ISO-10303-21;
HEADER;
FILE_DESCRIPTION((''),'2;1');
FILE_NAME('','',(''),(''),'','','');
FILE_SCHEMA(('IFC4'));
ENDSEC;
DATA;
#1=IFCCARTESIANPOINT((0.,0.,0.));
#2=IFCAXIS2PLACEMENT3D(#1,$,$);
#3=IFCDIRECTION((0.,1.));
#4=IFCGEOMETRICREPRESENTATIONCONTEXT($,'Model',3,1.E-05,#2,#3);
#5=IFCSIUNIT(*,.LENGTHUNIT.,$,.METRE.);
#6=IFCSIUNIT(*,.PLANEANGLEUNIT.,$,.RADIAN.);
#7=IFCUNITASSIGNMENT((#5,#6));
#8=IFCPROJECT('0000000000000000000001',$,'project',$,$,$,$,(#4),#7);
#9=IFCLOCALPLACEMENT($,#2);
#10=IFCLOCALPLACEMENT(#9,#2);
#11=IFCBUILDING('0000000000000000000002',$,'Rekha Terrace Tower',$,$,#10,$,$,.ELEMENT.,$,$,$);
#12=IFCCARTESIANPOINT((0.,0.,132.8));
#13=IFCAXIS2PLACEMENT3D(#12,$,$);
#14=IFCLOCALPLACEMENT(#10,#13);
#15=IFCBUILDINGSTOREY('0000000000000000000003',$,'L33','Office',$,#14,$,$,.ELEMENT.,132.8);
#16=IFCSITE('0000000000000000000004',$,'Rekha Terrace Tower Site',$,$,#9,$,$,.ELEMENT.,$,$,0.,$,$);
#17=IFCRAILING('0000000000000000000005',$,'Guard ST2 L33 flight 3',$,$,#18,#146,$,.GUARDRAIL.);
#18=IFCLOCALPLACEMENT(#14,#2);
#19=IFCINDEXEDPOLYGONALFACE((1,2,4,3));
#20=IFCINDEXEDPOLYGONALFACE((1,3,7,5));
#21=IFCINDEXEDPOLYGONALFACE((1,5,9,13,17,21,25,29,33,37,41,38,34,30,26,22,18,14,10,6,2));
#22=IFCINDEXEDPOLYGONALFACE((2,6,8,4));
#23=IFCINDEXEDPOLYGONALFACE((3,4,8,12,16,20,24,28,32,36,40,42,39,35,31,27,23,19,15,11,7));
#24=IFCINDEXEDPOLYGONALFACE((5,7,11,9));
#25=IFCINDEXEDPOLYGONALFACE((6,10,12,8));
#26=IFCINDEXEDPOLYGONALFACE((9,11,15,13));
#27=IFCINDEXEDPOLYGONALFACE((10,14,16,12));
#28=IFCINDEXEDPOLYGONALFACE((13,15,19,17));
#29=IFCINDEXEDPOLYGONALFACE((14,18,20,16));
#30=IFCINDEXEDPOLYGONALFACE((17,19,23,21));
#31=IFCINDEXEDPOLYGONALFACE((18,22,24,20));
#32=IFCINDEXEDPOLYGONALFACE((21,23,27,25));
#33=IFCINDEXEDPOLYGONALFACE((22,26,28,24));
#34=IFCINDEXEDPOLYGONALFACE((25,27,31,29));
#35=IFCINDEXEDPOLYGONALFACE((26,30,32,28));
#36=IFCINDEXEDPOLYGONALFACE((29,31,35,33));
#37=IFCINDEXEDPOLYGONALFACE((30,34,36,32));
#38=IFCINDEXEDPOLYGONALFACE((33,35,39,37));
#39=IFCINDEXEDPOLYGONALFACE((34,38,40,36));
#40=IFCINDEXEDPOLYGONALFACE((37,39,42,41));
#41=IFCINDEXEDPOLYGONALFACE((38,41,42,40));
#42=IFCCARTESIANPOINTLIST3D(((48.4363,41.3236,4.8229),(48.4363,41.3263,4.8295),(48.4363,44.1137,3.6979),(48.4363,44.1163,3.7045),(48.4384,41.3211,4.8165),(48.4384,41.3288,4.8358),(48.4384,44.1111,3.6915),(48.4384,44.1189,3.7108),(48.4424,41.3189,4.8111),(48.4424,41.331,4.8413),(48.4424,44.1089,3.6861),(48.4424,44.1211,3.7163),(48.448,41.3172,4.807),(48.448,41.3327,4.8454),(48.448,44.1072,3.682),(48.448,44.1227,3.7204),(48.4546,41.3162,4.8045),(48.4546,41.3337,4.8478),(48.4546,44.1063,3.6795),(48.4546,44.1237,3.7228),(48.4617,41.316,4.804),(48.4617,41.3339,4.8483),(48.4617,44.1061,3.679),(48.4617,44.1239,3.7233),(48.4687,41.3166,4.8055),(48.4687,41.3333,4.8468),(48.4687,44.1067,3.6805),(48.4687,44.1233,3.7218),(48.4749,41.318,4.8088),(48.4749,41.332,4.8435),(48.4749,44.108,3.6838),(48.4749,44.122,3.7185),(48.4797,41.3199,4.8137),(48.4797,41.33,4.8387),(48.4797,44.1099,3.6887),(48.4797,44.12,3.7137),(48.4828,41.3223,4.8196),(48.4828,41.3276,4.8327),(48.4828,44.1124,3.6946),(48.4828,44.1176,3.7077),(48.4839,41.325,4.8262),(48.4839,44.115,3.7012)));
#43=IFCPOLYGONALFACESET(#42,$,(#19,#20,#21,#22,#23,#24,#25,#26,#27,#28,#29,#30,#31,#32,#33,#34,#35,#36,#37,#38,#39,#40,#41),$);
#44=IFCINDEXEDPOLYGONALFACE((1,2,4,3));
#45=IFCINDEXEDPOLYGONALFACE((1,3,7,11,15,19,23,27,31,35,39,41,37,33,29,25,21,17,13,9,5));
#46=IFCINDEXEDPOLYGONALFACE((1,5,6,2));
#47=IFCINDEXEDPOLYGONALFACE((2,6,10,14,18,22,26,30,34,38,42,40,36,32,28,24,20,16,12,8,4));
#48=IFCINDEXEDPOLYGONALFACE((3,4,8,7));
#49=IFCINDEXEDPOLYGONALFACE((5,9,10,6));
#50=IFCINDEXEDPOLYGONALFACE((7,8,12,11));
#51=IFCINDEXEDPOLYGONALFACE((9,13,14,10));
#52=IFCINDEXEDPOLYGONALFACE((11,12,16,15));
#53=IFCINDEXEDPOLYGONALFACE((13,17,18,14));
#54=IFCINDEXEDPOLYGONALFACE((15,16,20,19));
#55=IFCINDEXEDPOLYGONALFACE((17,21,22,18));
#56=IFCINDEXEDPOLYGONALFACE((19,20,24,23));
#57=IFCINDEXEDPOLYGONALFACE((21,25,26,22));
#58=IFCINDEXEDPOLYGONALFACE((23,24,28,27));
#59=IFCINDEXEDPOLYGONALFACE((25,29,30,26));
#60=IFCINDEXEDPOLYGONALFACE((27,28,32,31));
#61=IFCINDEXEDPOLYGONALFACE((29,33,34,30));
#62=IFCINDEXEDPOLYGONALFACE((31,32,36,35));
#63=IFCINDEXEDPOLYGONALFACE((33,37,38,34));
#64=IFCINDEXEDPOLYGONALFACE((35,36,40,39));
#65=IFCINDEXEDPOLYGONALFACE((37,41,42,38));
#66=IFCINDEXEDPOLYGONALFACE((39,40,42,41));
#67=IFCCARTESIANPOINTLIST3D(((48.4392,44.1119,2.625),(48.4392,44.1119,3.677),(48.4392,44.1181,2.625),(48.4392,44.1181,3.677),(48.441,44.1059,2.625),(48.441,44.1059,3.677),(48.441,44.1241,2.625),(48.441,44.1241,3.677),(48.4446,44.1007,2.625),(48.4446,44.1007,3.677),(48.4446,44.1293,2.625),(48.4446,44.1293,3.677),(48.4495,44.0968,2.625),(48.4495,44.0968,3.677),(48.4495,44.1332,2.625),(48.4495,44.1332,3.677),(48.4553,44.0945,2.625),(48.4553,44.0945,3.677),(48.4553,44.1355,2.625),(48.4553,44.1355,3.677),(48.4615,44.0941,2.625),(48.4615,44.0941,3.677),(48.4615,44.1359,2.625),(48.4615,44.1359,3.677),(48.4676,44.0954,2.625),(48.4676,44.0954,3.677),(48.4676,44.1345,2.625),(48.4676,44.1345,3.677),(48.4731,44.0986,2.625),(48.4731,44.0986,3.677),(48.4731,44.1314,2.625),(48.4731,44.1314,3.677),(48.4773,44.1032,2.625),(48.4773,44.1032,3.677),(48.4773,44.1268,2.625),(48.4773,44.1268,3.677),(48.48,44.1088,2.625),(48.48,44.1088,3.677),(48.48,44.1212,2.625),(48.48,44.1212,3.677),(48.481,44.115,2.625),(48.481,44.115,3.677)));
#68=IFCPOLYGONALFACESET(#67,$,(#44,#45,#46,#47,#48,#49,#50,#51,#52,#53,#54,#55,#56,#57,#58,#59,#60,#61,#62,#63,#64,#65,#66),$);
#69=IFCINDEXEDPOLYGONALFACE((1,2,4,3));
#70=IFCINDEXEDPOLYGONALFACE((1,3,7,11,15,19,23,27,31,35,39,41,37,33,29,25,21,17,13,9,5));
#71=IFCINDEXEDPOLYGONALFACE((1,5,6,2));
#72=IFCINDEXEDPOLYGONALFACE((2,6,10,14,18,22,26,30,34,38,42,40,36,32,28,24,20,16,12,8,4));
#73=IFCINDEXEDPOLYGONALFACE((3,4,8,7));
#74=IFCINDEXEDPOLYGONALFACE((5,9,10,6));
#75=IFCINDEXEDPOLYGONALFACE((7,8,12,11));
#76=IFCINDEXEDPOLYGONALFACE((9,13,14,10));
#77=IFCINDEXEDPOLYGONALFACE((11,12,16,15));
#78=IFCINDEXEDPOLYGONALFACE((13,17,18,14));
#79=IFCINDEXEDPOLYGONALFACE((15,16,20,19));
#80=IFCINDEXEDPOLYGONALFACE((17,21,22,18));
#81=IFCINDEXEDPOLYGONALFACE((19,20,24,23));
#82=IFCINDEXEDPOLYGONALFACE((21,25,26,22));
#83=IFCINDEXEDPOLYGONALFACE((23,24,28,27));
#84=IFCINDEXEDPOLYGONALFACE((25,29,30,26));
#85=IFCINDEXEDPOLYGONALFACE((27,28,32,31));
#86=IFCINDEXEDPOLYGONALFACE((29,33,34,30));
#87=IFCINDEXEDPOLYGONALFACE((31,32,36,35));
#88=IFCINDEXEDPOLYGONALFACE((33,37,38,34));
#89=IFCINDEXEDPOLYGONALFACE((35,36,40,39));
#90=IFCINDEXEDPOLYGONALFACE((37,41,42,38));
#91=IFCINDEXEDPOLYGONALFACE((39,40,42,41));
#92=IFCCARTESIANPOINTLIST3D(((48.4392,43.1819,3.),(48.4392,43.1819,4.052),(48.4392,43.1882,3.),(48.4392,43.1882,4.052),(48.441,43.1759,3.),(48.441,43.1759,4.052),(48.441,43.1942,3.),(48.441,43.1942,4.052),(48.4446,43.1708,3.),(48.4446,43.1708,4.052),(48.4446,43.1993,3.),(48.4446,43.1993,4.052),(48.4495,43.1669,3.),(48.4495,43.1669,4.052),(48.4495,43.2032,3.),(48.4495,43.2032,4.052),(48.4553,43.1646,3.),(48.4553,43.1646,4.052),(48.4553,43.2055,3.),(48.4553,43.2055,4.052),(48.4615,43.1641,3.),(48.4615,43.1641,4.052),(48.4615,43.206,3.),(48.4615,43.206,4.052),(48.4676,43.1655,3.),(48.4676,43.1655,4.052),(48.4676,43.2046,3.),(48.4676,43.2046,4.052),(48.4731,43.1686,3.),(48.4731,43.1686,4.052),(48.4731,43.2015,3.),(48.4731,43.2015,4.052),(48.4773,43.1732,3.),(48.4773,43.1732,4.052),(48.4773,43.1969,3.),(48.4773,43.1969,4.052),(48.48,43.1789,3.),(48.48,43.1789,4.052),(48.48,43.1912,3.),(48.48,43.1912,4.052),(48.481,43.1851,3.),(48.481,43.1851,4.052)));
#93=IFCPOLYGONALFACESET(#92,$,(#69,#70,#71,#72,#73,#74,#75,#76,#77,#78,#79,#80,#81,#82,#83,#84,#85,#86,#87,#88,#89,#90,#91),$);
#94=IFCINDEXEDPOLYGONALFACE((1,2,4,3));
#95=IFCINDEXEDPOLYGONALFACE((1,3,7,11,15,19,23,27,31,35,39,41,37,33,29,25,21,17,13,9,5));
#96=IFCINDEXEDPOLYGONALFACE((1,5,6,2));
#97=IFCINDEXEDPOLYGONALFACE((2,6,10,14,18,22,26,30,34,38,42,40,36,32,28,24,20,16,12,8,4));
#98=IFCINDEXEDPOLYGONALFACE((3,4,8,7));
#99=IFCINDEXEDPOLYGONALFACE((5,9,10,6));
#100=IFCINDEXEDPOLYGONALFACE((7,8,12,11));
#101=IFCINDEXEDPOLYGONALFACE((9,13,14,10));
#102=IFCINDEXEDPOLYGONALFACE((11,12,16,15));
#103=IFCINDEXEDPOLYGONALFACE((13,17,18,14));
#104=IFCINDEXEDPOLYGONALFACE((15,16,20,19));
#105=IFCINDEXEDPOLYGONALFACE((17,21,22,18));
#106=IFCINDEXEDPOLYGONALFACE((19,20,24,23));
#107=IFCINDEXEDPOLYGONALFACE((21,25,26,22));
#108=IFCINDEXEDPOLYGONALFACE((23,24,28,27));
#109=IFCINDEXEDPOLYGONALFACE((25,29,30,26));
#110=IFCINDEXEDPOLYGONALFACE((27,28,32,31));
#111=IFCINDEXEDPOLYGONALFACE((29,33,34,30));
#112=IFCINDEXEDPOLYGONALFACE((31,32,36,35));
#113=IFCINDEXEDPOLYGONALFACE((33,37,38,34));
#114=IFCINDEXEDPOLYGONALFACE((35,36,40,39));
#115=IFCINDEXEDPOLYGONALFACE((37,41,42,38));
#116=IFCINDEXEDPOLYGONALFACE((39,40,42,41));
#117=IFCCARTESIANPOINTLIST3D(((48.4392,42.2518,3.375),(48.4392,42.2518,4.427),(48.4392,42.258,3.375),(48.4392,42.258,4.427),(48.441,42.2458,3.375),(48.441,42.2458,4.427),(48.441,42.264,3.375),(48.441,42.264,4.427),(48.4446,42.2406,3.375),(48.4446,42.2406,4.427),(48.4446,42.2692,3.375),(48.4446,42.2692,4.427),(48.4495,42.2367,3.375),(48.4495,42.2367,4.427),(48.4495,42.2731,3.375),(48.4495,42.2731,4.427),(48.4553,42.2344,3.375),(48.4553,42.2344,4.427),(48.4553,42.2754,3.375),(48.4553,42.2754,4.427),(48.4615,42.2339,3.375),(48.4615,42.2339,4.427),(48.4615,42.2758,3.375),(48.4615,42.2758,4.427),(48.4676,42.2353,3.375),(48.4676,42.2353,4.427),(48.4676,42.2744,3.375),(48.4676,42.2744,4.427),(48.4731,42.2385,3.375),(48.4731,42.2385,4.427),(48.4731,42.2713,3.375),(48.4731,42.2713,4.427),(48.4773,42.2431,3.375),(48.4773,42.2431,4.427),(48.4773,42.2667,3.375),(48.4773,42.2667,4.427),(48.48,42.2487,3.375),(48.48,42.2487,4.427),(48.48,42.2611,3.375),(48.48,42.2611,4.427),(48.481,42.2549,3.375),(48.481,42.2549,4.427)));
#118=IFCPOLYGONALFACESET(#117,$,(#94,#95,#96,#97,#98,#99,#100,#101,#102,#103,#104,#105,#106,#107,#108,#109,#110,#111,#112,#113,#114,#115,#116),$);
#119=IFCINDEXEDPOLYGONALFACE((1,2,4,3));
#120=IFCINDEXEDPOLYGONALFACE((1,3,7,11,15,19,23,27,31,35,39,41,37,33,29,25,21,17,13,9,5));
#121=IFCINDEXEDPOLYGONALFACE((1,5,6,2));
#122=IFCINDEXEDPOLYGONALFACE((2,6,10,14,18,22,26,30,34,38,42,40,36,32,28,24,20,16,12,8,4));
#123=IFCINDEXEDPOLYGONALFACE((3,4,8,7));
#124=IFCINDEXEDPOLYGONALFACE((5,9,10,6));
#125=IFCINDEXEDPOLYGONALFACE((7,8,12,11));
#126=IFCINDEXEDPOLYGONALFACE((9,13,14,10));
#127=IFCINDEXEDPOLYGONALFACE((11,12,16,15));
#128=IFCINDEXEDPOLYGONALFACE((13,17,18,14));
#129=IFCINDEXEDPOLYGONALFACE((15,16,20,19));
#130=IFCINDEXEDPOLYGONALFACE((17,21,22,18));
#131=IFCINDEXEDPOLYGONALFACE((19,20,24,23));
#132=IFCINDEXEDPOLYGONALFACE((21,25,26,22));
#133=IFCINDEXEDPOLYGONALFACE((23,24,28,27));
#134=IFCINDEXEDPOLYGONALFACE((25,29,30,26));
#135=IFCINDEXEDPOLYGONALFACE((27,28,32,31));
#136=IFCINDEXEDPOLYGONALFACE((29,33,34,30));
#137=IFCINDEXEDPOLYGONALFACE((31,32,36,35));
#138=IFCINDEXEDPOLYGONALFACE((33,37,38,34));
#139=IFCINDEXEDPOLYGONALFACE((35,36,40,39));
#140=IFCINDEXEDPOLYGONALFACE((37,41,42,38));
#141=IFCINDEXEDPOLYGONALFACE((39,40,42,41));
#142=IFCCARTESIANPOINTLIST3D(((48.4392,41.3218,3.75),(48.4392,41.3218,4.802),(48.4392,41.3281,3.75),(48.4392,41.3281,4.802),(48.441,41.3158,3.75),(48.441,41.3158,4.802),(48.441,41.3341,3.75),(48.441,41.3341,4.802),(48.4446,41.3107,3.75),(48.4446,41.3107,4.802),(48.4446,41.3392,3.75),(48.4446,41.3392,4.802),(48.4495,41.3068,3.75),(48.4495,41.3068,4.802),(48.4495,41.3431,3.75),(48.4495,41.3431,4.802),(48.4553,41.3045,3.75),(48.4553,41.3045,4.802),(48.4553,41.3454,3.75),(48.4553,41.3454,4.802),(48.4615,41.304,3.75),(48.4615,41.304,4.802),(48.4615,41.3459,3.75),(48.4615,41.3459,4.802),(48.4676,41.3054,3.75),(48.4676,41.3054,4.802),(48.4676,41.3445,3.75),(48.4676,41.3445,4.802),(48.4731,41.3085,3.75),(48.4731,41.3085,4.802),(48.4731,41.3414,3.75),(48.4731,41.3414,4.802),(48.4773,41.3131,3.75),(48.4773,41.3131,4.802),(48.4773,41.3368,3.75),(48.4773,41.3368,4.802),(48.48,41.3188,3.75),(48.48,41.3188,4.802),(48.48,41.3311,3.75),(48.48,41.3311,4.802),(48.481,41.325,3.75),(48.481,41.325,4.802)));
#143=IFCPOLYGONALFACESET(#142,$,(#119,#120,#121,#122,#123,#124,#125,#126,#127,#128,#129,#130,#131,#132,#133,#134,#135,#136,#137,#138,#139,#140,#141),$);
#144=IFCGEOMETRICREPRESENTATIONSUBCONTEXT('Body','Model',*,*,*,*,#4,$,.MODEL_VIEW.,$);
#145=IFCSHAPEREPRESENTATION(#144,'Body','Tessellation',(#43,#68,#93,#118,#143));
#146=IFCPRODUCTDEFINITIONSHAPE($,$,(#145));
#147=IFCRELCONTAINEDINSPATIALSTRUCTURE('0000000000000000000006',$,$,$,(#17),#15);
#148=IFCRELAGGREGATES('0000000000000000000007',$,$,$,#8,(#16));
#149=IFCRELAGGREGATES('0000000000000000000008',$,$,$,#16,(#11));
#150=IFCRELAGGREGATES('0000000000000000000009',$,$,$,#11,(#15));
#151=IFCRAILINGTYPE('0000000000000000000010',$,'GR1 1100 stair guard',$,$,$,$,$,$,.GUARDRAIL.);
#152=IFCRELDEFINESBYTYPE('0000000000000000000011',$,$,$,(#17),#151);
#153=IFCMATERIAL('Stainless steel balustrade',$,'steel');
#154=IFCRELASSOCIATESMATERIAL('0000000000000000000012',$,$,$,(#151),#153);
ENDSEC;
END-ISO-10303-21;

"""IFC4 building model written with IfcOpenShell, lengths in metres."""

from ifc_helpers import new_model, si_unit, direction, frame, origin, origin_2d, place, context, subcontext, project, spatial, circle, extrude, material, type_object, element, save


model = new_model("IFC4")

# Units and contexts
model_context = context("Model", 3, precision=1e-05, world=origin(), true_north=direction((0.0, 1.0)))
body_context = subcontext(model_context, "Body", "Model", "MODEL_VIEW")
ifc_project = project(units=[si_unit("LENGTHUNIT", "METRE"), si_unit("PLANEANGLEUNIT", "RADIAN")], contexts=[model_context])

# Site, building, storey
site_placement = place(None, origin())
site = spatial("IfcSite", under=ifc_project, at=site_placement, Name="Rekha Terrace Tower Site", CompositionType="ELEMENT", RefElevation=0.0)
building_placement = place(site_placement, origin())
building = spatial("IfcBuilding", under=site, at=building_placement, Name="Rekha Terrace Tower", CompositionType="ELEMENT")
storey_placement = place(building_placement, frame((0.0, 0.0, 132.8)))
storey = spatial("IfcBuildingStorey", under=building, at=storey_placement, Name="L33", Description="Office", CompositionType="ELEMENT", Elevation=132.8)

# Railing
ifc_material_1 = material(Name="Stainless steel balustrade", Category="steel")
railing_type_1 = type_object("IfcRailingType", Name="GR1 1100 stair guard", PredefinedType="GUARDRAIL", material=ifc_material_1)
railing_1_placement = place(storey_placement, frame((48.46, 44.115, 2.625)))
element("IfcRailing", 1, at=railing_1_placement, inside=storey, type_object=railing_type_1, Name="Guard ST2 L33 flight 3", PredefinedType="GUARDRAIL", context=body_context, shape_type="SweptSolid", body=[
    extrude(circle(Radius=0.0239, at=origin_2d()), frame((0.0, 0.0, 1.0762), z_axis=(0.0, -0.927443, 0.373964), x_axis=(1.0, 0.0, 0.0)), (0.0, 0.0, 1.0), 3.0083),
    extrude(circle(Radius=0.021, at=origin_2d()), origin(), (0.0, 0.0, 1.0), 1.052),
    extrude(circle(Radius=0.021, at=origin_2d()), frame((0.0, -0.9299, 0.375)), (0.0, 0.0, 1.0), 1.052),
    extrude(circle(Radius=0.021, at=origin_2d()), frame((0.0, -1.8601, 0.75)), (0.0, 0.0, 1.0), 1.052),
    extrude(circle(Radius=0.021, at=origin_2d()), frame((0.0, -2.79, 1.125)), (0.0, 0.0, 1.0), 1.052),
])

save(model, "model.ifc")
